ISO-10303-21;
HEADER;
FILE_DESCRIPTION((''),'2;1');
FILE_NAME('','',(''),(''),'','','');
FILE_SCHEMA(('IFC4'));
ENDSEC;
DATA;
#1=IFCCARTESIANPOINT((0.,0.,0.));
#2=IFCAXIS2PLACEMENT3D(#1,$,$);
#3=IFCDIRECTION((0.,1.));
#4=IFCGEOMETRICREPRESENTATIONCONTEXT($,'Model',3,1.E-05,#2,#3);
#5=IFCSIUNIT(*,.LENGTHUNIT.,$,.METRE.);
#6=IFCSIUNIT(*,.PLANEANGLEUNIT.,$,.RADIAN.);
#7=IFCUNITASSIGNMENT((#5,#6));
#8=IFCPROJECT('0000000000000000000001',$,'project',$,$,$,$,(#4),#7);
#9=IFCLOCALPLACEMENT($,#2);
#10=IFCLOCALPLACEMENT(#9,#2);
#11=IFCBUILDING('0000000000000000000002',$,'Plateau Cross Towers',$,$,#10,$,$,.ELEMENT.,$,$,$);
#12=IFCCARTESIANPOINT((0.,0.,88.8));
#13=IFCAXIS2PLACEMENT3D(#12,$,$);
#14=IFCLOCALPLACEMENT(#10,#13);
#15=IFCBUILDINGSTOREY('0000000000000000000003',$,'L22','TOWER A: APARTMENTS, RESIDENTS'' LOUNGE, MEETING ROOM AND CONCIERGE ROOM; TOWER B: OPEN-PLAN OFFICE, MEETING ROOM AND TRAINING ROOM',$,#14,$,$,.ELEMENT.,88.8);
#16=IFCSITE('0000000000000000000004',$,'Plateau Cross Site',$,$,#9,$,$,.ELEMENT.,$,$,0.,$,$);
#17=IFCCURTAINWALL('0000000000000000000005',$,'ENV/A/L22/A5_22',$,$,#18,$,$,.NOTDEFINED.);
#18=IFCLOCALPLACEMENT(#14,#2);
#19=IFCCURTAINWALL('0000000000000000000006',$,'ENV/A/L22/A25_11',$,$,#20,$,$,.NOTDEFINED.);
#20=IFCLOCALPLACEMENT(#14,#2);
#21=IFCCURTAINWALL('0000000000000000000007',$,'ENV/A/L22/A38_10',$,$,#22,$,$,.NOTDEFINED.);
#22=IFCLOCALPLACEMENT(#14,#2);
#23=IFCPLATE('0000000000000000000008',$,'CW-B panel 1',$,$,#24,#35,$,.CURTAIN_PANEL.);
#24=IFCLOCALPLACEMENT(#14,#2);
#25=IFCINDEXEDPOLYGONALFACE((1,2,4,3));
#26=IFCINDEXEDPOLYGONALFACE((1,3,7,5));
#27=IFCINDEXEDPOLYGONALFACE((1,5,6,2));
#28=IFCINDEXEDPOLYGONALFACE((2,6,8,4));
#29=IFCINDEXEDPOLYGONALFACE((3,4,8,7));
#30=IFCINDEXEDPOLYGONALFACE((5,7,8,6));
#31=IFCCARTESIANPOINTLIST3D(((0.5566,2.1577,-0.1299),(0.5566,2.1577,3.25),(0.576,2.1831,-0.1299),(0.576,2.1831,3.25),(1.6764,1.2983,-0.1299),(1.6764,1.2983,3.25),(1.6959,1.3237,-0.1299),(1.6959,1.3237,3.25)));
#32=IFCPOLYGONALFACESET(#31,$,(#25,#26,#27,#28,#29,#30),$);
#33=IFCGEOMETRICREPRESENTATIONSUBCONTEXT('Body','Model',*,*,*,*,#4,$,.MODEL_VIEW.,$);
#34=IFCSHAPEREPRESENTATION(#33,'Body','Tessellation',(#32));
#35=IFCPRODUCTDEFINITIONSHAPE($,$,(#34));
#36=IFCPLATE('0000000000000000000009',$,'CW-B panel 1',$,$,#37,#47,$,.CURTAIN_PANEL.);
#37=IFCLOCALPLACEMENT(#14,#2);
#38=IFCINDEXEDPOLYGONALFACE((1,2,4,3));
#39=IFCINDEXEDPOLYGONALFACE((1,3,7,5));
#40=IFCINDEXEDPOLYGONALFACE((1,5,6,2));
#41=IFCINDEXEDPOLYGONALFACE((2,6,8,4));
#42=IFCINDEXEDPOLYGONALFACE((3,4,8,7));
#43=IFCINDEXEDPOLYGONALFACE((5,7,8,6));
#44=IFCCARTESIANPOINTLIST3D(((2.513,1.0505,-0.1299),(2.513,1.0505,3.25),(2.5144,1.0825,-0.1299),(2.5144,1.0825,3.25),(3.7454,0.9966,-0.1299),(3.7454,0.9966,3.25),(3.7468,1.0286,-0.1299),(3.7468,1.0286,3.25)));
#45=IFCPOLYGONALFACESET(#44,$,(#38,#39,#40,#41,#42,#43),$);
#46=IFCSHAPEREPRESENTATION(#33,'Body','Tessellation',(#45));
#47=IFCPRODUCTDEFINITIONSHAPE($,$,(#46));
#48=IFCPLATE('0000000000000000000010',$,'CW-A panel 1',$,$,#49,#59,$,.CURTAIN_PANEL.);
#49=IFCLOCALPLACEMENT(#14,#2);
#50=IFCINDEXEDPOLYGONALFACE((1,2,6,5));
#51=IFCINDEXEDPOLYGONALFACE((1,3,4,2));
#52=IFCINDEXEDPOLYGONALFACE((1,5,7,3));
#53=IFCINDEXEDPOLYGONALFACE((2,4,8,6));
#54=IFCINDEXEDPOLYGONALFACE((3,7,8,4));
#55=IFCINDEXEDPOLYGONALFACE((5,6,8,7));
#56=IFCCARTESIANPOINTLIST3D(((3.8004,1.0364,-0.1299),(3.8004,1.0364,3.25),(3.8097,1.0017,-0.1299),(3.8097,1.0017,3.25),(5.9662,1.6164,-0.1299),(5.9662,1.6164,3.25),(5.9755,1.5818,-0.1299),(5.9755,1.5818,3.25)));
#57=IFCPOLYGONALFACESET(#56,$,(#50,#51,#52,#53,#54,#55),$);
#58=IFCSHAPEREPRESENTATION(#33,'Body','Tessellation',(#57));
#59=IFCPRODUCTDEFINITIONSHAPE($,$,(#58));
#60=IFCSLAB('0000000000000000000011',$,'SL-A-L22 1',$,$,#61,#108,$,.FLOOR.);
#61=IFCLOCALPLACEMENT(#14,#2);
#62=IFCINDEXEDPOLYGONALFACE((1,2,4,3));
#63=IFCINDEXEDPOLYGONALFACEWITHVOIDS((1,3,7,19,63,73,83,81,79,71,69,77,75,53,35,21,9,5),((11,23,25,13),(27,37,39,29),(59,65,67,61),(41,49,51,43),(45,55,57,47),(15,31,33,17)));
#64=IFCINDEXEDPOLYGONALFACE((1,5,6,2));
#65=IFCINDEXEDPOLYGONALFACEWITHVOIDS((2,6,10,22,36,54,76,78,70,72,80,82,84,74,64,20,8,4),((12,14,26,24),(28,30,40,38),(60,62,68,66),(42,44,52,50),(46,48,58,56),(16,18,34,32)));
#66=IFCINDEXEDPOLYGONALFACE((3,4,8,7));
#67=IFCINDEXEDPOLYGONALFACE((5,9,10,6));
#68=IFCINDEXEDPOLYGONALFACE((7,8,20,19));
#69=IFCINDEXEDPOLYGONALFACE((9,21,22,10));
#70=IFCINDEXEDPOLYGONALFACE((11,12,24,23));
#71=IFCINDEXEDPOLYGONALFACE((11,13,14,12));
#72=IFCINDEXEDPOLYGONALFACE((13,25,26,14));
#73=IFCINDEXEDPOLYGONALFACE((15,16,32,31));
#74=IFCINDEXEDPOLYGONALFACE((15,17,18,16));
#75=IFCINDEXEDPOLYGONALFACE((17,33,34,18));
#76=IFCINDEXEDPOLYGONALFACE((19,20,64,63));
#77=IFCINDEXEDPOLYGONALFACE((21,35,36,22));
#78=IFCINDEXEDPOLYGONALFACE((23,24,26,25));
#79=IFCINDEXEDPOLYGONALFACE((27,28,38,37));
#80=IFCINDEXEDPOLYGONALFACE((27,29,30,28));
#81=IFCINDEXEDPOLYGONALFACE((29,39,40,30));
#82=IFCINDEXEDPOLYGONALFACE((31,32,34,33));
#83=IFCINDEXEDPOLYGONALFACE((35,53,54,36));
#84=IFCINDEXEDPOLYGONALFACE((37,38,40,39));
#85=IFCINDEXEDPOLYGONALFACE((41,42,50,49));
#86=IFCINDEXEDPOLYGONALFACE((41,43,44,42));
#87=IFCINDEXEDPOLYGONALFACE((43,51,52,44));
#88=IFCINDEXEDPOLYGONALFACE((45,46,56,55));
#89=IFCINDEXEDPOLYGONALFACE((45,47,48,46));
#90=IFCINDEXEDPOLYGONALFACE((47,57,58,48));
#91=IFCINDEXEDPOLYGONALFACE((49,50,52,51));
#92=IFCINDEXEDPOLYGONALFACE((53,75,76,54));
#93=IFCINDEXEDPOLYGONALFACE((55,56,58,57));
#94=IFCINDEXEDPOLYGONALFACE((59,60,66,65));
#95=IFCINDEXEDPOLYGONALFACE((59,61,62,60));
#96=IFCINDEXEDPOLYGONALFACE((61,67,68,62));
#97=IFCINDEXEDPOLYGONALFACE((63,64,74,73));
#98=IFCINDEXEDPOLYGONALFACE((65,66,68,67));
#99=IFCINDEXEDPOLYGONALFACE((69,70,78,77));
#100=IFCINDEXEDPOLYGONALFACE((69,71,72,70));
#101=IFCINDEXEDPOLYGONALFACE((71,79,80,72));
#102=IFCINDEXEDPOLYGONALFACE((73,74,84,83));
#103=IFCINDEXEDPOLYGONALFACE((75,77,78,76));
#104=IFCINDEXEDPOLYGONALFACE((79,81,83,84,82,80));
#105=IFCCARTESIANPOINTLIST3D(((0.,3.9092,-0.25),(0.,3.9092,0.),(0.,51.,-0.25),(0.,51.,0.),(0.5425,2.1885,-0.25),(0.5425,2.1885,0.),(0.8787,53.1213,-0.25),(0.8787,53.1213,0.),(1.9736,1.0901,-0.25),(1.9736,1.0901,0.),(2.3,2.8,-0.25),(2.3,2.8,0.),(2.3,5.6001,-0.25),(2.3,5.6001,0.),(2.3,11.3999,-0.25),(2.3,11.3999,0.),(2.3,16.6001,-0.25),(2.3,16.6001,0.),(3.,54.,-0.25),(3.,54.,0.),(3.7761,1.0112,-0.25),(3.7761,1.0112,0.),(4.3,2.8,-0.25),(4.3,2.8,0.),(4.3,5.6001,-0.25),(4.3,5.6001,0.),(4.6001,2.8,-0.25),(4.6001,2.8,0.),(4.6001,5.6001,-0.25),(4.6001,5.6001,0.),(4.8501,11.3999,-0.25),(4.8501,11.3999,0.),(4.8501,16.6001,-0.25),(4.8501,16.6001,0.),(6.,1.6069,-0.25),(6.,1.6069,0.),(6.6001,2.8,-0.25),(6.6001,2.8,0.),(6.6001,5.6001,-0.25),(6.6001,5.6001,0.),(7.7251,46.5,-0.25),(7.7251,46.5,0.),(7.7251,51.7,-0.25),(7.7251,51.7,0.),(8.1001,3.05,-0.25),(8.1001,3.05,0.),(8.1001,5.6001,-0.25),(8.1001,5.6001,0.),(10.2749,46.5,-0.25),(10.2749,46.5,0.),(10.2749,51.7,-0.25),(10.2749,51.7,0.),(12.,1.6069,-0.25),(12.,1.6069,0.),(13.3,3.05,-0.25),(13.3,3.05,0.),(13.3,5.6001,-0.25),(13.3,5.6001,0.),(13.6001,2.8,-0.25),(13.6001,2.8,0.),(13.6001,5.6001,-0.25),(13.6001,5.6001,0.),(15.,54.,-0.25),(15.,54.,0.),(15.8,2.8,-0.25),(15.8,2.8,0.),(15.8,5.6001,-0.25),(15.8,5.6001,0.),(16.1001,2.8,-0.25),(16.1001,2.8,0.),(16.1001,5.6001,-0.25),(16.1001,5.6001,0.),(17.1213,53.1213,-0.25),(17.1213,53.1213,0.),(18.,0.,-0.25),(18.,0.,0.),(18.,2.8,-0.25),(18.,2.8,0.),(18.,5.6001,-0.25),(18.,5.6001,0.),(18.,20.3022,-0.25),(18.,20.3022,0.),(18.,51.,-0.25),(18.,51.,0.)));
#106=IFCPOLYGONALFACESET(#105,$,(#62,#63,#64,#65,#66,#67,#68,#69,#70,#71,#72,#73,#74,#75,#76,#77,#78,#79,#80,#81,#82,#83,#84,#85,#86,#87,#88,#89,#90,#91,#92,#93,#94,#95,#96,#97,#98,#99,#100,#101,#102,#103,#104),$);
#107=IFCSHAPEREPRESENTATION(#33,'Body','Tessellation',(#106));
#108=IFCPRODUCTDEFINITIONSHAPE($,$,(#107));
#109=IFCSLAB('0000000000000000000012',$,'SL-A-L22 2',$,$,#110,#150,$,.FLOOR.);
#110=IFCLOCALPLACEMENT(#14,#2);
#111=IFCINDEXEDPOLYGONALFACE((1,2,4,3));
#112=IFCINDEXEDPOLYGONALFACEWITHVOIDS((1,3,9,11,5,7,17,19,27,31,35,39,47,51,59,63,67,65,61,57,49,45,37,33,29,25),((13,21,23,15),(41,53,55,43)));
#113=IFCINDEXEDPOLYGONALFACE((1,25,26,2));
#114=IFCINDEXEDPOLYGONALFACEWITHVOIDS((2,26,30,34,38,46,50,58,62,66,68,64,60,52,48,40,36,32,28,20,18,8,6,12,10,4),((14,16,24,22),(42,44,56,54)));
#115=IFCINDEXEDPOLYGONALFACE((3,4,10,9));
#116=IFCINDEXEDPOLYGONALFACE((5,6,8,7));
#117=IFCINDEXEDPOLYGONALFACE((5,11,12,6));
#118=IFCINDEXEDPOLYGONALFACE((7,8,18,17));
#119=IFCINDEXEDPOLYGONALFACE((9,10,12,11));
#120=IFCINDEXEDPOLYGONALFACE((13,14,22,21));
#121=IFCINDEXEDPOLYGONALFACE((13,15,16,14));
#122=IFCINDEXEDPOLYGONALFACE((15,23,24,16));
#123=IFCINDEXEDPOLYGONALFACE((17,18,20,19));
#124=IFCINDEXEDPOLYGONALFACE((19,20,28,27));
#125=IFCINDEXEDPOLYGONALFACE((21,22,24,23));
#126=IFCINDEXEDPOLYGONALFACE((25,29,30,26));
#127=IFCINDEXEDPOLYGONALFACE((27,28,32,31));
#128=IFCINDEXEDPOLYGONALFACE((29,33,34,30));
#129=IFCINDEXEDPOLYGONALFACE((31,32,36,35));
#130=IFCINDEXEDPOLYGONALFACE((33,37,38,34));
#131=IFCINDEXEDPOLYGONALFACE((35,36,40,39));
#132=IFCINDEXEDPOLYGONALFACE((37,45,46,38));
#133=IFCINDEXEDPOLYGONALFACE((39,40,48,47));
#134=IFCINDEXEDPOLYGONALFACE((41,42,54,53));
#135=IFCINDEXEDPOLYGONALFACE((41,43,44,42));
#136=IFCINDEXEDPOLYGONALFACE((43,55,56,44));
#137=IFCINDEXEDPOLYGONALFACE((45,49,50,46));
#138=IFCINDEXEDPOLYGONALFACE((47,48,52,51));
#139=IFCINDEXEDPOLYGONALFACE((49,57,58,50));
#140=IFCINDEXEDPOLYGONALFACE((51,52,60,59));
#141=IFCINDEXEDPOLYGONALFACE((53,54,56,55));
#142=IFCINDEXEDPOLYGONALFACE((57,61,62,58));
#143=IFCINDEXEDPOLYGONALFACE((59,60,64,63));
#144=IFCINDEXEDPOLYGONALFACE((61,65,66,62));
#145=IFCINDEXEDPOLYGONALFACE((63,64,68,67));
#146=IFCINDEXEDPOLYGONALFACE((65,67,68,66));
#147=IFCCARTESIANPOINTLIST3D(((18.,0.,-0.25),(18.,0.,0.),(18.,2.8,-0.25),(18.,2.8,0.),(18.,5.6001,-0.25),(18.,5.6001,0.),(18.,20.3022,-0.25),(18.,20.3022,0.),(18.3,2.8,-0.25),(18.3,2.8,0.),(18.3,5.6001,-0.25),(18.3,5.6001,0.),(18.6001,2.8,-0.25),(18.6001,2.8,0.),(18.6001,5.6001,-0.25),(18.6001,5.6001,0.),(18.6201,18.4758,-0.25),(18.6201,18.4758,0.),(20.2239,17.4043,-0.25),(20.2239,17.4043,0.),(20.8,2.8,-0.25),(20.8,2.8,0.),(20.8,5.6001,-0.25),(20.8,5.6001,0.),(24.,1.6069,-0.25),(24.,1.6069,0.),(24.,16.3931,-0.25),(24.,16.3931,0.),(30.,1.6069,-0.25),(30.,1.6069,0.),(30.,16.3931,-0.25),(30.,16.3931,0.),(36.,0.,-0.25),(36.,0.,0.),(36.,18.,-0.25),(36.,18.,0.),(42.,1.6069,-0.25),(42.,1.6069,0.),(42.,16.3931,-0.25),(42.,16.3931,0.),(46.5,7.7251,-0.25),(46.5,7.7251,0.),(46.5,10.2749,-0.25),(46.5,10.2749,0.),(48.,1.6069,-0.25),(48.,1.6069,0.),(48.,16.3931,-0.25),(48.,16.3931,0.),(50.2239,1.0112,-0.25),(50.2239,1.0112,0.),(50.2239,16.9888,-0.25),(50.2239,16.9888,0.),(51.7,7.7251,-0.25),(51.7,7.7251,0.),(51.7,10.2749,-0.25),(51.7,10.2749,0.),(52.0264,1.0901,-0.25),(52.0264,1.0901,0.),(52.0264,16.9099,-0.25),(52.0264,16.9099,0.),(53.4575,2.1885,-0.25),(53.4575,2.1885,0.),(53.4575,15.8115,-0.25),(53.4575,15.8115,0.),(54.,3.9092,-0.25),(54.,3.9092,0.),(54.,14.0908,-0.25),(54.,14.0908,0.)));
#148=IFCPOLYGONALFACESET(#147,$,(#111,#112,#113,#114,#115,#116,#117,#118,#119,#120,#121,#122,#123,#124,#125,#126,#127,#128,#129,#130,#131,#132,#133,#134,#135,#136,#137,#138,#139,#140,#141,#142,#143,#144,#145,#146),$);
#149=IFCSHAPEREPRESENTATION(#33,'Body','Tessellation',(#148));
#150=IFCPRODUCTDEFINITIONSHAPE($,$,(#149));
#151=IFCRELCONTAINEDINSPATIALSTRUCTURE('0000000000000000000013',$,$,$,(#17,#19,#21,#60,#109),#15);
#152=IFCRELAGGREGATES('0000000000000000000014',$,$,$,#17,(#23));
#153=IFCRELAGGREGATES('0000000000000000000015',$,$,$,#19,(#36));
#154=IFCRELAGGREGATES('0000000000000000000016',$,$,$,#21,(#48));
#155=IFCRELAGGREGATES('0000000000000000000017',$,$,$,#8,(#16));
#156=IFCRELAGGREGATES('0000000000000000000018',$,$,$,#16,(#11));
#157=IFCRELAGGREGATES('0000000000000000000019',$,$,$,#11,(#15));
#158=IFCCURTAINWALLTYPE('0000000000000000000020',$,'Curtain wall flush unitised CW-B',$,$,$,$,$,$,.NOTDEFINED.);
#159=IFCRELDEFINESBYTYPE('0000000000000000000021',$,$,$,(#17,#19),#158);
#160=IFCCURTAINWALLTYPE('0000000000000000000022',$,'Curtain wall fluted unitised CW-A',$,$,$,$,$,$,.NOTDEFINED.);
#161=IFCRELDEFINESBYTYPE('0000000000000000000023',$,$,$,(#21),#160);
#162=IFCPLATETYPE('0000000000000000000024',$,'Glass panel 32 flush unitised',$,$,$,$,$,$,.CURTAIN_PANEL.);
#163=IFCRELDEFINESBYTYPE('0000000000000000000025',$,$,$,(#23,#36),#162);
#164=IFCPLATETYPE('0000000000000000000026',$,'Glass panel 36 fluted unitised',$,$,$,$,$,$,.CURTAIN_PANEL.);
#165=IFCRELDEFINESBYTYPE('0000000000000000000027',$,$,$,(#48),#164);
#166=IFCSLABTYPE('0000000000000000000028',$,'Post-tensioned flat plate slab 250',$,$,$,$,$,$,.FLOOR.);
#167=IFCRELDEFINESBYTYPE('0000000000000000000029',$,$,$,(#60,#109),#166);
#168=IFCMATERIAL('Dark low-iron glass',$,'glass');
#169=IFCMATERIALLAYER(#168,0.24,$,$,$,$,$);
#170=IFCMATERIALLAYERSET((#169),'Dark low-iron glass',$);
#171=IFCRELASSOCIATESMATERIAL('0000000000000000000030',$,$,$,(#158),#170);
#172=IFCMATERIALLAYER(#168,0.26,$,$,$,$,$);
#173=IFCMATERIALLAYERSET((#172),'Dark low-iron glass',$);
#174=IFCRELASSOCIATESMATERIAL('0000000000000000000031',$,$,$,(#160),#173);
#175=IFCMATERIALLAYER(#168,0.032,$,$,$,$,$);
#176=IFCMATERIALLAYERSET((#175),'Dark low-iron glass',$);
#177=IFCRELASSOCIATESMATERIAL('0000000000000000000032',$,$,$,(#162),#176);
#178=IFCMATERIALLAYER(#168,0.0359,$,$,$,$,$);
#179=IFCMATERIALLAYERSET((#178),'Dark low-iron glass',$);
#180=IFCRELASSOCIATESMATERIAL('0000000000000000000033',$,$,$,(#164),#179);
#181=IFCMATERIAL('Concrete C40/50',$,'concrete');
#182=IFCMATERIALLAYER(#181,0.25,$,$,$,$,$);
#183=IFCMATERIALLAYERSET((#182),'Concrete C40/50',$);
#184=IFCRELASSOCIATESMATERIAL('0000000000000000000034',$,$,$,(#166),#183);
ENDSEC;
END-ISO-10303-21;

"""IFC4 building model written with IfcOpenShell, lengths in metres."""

from ifc_helpers import new_model, si_unit, direction, frame, origin, origin_2d, place, context, subcontext, project, spatial, polyline, rectangle, outline, extrude, material, layer, layer_set, type_object, element, aggregate, save


model = new_model("IFC4")

# Units and contexts
model_context = context("Model", 3, precision=1e-05, world=origin(), true_north=direction((0.0, 1.0)))
body_context = subcontext(model_context, "Body", "Model", "MODEL_VIEW")
ifc_project = project(units=[si_unit("LENGTHUNIT", "METRE"), si_unit("PLANEANGLEUNIT", "RADIAN")], contexts=[model_context])

# Site, building, storey
site_placement = place(None, origin())
site = spatial("IfcSite", under=ifc_project, at=site_placement, Name="Plateau Cross Site", CompositionType="ELEMENT", RefElevation=0.0)
building_placement = place(site_placement, origin())
building = spatial("IfcBuilding", under=site, at=building_placement, Name="Plateau Cross Towers", CompositionType="ELEMENT")
storey_placement = place(building_placement, frame((0.0, 0.0, 88.8)))
storey = spatial("IfcBuildingStorey", under=building, at=storey_placement, Name="L22", Description="TOWER A: APARTMENTS, RESIDENTS' LOUNGE, MEETING ROOM AND CONCIERGE ROOM; TOWER B: OPEN-PLAN OFFICE, MEETING ROOM AND TRAINING ROOM", CompositionType="ELEMENT", Elevation=88.8)

# Curtain wall
ifc_material_1 = material(Name="Dark low-iron glass", Category="glass")
ifc_layer_1 = layer(ifc_material_1, 0.24)
ifc_layer_set_1 = layer_set([ifc_layer_1], Name="Dark low-iron glass")
curtain_wall_type_1 = type_object("IfcCurtainWallType", Name="Curtain wall flush unitised CW-B", PredefinedType="NOTDEFINED", material=ifc_layer_set_1)
curtain_wall_1_placement = place(storey_placement, origin())
curtain_wall_1 = element("IfcCurtainWall", 1, at=curtain_wall_1_placement, inside=storey, type_object=curtain_wall_type_1, Name="ENV/A/L22/A5_22", PredefinedType="NOTDEFINED")

# Curtain walls
curtain_wall_2_placement = place(storey_placement, origin())
curtain_wall_2 = element("IfcCurtainWall", 2, at=curtain_wall_2_placement, inside=storey, type_object=curtain_wall_type_1, Name="ENV/A/L22/A25_11", PredefinedType="NOTDEFINED")
ifc_layer_2 = layer(ifc_material_1, 0.26)
ifc_layer_set_2 = layer_set([ifc_layer_2], Name="Dark low-iron glass")
curtain_wall_type_2 = type_object("IfcCurtainWallType", Name="Curtain wall fluted unitised CW-A", PredefinedType="NOTDEFINED", material=ifc_layer_set_2)
curtain_wall_3_placement = place(storey_placement, origin())
curtain_wall_3 = element("IfcCurtainWall", 3, at=curtain_wall_3_placement, inside=storey, type_object=curtain_wall_type_2, Name="ENV/A/L22/A38_10", PredefinedType="NOTDEFINED")

# Shared definitions
ifc_material_2 = material(Name="Concrete C40/50", Category="concrete")

# Plates
ifc_layer_3 = layer(ifc_material_1, 0.032)
ifc_layer_set_3 = layer_set([ifc_layer_3], Name="Dark low-iron glass")
plate_type_1 = type_object("IfcPlateType", Name="Glass panel 32 flush unitised", PredefinedType="CURTAIN_PANEL", material=ifc_layer_set_3)
plate_1_placement = place(storey_placement, frame((1.1262, 1.7407, -0.1299), z_axis=(0.0, 0.0, 1.0), x_axis=(0.793316, -0.608811, 0.0)))
plate_1 = element("IfcPlate", 4, at=plate_1_placement, type_object=plate_type_1, Name="CW-B panel 1", PredefinedType="CURTAIN_PANEL", context=body_context, shape_type="SweptSolid", body=[
    extrude(rectangle(XDim=1.4116, YDim=0.032, at=origin_2d()), origin(), (0.0, 0.0, 1.0), 3.3799),
])
aggregate(curtain_wall_1, [plate_1])
plate_2_placement = place(storey_placement, frame((3.1299, 1.0396, -0.1299), z_axis=(0.0, 0.0, 1.0), x_axis=(0.999044, -0.043723, 0.0)))
plate_2 = element("IfcPlate", 5, at=plate_2_placement, type_object=plate_type_1, Name="CW-B panel 1", PredefinedType="CURTAIN_PANEL", context=body_context, shape_type="SweptSolid", body=[
    extrude(rectangle(XDim=1.2336, YDim=0.032, at=origin_2d()), origin(), (0.0, 0.0, 1.0), 3.3799),
])
aggregate(curtain_wall_2, [plate_2])
ifc_layer_4 = layer(ifc_material_1, 0.0359)
ifc_layer_set_4 = layer_set([ifc_layer_4], Name="Dark low-iron glass")
plate_type_2 = type_object("IfcPlateType", Name="Glass panel 36 fluted unitised", PredefinedType="CURTAIN_PANEL", material=ifc_layer_set_4)
plate_3_placement = place(storey_placement, frame((4.8879, 1.3091, -0.1299), z_axis=(0.0, 0.0, 1.0), x_axis=(0.965958, 0.258699, 0.0)))
plate_3 = element("IfcPlate", 6, at=plate_3_placement, type_object=plate_type_2, Name="CW-A panel 1", PredefinedType="CURTAIN_PANEL", context=body_context, shape_type="SweptSolid", body=[
    extrude(rectangle(XDim=2.2422, YDim=0.0359, at=origin_2d()), origin(), (0.0, 0.0, 1.0), 3.3799),
])
aggregate(curtain_wall_3, [plate_3])

# Slabs
ifc_layer_5 = layer(ifc_material_2, 0.25)
ifc_layer_set_5 = layer_set([ifc_layer_5], Name="Concrete C40/50")
slab_type_1 = type_object("IfcSlabType", Name="Post-tensioned flat plate slab 250", PredefinedType="FLOOR", material=ifc_layer_set_5)
slab_1_placement = place(storey_placement, frame((0.0, 0.0, -0.25)))
element("IfcSlab", 7, at=slab_1_placement, inside=storey, type_object=slab_type_1, Name="SL-A-L22 1", PredefinedType="FLOOR", context=body_context, shape_type="SweptSolid", body=[
    extrude(outline(polyline([(0.5425, 2.1885), (0.0, 3.9092), (0.0, 51.0), (0.8787, 53.1213), (3.0, 54.0), (15.0, 54.0), (17.1213, 53.1213), (18.0, 51.0), (18.0, 20.3022), (18.0, 5.6001), (16.1001, 5.6001), (16.1001, 2.8), (18.0, 2.8), (18.0, 0.0), (12.0, 1.6069), (6.0, 1.6069), (3.7761, 1.0112), (1.9736, 1.0901), (0.5425, 2.1885)]), holes=[polyline([(4.3, 5.6001), (2.3, 5.6001), (2.3, 2.8), (4.3, 2.8), (4.3, 5.6001)]), polyline([(6.6001, 5.6001), (4.6001, 5.6001), (4.6001, 2.8), (6.6001, 2.8), (6.6001, 5.6001)]), polyline([(15.8, 5.6001), (13.6001, 5.6001), (13.6001, 2.8), (15.8, 2.8), (15.8, 5.6001)]), polyline([(13.3, 5.6001), (8.1001, 5.6001), (8.1001, 3.05), (13.3, 3.05), (13.3, 5.6001)]), polyline([(4.8501, 16.6001), (2.3, 16.6001), (2.3, 11.3999), (4.8501, 11.3999), (4.8501, 16.6001)]), polyline([(7.7251, 51.7), (7.7251, 46.5), (10.2749, 46.5), (10.2749, 51.7), (7.7251, 51.7)])]), origin(), (0.0, 0.0, 1.0), 0.25),
])
slab_2_placement = place(storey_placement, frame((0.0, 0.0, -0.25)))
element("IfcSlab", 8, at=slab_2_placement, inside=storey, type_object=slab_type_1, Name="SL-A-L22 2", PredefinedType="FLOOR", context=body_context, shape_type="SweptSolid", body=[
    extrude(outline(polyline([(18.6201, 18.4758), (20.2239, 17.4043), (24.0, 16.3931), (30.0, 16.3931), (36.0, 18.0), (42.0, 16.3931), (48.0, 16.3931), (50.2239, 16.9888), (52.0264, 16.9099), (53.4575, 15.8115), (54.0, 14.0908), (54.0, 3.9092), (53.4575, 2.1885), (52.0264, 1.0901), (50.2239, 1.0112), (48.0, 1.6069), (42.0, 1.6069), (36.0, 0.0), (30.0, 1.6069), (24.0, 1.6069), (18.0, 0.0), (18.0, 2.8), (18.3, 2.8), (18.3, 5.6001), (18.0, 5.6001), (18.0, 20.3022), (18.6201, 18.4758)]), holes=[polyline([(20.8, 5.6001), (18.6001, 5.6001), (18.6001, 2.8), (20.8, 2.8), (20.8, 5.6001)]), polyline([(51.7, 7.7251), (51.7, 10.2749), (46.5, 10.2749), (46.5, 7.7251), (51.7, 7.7251)])]), origin(), (0.0, 0.0, 1.0), 0.25),
])

save(model, "model.ifc")
